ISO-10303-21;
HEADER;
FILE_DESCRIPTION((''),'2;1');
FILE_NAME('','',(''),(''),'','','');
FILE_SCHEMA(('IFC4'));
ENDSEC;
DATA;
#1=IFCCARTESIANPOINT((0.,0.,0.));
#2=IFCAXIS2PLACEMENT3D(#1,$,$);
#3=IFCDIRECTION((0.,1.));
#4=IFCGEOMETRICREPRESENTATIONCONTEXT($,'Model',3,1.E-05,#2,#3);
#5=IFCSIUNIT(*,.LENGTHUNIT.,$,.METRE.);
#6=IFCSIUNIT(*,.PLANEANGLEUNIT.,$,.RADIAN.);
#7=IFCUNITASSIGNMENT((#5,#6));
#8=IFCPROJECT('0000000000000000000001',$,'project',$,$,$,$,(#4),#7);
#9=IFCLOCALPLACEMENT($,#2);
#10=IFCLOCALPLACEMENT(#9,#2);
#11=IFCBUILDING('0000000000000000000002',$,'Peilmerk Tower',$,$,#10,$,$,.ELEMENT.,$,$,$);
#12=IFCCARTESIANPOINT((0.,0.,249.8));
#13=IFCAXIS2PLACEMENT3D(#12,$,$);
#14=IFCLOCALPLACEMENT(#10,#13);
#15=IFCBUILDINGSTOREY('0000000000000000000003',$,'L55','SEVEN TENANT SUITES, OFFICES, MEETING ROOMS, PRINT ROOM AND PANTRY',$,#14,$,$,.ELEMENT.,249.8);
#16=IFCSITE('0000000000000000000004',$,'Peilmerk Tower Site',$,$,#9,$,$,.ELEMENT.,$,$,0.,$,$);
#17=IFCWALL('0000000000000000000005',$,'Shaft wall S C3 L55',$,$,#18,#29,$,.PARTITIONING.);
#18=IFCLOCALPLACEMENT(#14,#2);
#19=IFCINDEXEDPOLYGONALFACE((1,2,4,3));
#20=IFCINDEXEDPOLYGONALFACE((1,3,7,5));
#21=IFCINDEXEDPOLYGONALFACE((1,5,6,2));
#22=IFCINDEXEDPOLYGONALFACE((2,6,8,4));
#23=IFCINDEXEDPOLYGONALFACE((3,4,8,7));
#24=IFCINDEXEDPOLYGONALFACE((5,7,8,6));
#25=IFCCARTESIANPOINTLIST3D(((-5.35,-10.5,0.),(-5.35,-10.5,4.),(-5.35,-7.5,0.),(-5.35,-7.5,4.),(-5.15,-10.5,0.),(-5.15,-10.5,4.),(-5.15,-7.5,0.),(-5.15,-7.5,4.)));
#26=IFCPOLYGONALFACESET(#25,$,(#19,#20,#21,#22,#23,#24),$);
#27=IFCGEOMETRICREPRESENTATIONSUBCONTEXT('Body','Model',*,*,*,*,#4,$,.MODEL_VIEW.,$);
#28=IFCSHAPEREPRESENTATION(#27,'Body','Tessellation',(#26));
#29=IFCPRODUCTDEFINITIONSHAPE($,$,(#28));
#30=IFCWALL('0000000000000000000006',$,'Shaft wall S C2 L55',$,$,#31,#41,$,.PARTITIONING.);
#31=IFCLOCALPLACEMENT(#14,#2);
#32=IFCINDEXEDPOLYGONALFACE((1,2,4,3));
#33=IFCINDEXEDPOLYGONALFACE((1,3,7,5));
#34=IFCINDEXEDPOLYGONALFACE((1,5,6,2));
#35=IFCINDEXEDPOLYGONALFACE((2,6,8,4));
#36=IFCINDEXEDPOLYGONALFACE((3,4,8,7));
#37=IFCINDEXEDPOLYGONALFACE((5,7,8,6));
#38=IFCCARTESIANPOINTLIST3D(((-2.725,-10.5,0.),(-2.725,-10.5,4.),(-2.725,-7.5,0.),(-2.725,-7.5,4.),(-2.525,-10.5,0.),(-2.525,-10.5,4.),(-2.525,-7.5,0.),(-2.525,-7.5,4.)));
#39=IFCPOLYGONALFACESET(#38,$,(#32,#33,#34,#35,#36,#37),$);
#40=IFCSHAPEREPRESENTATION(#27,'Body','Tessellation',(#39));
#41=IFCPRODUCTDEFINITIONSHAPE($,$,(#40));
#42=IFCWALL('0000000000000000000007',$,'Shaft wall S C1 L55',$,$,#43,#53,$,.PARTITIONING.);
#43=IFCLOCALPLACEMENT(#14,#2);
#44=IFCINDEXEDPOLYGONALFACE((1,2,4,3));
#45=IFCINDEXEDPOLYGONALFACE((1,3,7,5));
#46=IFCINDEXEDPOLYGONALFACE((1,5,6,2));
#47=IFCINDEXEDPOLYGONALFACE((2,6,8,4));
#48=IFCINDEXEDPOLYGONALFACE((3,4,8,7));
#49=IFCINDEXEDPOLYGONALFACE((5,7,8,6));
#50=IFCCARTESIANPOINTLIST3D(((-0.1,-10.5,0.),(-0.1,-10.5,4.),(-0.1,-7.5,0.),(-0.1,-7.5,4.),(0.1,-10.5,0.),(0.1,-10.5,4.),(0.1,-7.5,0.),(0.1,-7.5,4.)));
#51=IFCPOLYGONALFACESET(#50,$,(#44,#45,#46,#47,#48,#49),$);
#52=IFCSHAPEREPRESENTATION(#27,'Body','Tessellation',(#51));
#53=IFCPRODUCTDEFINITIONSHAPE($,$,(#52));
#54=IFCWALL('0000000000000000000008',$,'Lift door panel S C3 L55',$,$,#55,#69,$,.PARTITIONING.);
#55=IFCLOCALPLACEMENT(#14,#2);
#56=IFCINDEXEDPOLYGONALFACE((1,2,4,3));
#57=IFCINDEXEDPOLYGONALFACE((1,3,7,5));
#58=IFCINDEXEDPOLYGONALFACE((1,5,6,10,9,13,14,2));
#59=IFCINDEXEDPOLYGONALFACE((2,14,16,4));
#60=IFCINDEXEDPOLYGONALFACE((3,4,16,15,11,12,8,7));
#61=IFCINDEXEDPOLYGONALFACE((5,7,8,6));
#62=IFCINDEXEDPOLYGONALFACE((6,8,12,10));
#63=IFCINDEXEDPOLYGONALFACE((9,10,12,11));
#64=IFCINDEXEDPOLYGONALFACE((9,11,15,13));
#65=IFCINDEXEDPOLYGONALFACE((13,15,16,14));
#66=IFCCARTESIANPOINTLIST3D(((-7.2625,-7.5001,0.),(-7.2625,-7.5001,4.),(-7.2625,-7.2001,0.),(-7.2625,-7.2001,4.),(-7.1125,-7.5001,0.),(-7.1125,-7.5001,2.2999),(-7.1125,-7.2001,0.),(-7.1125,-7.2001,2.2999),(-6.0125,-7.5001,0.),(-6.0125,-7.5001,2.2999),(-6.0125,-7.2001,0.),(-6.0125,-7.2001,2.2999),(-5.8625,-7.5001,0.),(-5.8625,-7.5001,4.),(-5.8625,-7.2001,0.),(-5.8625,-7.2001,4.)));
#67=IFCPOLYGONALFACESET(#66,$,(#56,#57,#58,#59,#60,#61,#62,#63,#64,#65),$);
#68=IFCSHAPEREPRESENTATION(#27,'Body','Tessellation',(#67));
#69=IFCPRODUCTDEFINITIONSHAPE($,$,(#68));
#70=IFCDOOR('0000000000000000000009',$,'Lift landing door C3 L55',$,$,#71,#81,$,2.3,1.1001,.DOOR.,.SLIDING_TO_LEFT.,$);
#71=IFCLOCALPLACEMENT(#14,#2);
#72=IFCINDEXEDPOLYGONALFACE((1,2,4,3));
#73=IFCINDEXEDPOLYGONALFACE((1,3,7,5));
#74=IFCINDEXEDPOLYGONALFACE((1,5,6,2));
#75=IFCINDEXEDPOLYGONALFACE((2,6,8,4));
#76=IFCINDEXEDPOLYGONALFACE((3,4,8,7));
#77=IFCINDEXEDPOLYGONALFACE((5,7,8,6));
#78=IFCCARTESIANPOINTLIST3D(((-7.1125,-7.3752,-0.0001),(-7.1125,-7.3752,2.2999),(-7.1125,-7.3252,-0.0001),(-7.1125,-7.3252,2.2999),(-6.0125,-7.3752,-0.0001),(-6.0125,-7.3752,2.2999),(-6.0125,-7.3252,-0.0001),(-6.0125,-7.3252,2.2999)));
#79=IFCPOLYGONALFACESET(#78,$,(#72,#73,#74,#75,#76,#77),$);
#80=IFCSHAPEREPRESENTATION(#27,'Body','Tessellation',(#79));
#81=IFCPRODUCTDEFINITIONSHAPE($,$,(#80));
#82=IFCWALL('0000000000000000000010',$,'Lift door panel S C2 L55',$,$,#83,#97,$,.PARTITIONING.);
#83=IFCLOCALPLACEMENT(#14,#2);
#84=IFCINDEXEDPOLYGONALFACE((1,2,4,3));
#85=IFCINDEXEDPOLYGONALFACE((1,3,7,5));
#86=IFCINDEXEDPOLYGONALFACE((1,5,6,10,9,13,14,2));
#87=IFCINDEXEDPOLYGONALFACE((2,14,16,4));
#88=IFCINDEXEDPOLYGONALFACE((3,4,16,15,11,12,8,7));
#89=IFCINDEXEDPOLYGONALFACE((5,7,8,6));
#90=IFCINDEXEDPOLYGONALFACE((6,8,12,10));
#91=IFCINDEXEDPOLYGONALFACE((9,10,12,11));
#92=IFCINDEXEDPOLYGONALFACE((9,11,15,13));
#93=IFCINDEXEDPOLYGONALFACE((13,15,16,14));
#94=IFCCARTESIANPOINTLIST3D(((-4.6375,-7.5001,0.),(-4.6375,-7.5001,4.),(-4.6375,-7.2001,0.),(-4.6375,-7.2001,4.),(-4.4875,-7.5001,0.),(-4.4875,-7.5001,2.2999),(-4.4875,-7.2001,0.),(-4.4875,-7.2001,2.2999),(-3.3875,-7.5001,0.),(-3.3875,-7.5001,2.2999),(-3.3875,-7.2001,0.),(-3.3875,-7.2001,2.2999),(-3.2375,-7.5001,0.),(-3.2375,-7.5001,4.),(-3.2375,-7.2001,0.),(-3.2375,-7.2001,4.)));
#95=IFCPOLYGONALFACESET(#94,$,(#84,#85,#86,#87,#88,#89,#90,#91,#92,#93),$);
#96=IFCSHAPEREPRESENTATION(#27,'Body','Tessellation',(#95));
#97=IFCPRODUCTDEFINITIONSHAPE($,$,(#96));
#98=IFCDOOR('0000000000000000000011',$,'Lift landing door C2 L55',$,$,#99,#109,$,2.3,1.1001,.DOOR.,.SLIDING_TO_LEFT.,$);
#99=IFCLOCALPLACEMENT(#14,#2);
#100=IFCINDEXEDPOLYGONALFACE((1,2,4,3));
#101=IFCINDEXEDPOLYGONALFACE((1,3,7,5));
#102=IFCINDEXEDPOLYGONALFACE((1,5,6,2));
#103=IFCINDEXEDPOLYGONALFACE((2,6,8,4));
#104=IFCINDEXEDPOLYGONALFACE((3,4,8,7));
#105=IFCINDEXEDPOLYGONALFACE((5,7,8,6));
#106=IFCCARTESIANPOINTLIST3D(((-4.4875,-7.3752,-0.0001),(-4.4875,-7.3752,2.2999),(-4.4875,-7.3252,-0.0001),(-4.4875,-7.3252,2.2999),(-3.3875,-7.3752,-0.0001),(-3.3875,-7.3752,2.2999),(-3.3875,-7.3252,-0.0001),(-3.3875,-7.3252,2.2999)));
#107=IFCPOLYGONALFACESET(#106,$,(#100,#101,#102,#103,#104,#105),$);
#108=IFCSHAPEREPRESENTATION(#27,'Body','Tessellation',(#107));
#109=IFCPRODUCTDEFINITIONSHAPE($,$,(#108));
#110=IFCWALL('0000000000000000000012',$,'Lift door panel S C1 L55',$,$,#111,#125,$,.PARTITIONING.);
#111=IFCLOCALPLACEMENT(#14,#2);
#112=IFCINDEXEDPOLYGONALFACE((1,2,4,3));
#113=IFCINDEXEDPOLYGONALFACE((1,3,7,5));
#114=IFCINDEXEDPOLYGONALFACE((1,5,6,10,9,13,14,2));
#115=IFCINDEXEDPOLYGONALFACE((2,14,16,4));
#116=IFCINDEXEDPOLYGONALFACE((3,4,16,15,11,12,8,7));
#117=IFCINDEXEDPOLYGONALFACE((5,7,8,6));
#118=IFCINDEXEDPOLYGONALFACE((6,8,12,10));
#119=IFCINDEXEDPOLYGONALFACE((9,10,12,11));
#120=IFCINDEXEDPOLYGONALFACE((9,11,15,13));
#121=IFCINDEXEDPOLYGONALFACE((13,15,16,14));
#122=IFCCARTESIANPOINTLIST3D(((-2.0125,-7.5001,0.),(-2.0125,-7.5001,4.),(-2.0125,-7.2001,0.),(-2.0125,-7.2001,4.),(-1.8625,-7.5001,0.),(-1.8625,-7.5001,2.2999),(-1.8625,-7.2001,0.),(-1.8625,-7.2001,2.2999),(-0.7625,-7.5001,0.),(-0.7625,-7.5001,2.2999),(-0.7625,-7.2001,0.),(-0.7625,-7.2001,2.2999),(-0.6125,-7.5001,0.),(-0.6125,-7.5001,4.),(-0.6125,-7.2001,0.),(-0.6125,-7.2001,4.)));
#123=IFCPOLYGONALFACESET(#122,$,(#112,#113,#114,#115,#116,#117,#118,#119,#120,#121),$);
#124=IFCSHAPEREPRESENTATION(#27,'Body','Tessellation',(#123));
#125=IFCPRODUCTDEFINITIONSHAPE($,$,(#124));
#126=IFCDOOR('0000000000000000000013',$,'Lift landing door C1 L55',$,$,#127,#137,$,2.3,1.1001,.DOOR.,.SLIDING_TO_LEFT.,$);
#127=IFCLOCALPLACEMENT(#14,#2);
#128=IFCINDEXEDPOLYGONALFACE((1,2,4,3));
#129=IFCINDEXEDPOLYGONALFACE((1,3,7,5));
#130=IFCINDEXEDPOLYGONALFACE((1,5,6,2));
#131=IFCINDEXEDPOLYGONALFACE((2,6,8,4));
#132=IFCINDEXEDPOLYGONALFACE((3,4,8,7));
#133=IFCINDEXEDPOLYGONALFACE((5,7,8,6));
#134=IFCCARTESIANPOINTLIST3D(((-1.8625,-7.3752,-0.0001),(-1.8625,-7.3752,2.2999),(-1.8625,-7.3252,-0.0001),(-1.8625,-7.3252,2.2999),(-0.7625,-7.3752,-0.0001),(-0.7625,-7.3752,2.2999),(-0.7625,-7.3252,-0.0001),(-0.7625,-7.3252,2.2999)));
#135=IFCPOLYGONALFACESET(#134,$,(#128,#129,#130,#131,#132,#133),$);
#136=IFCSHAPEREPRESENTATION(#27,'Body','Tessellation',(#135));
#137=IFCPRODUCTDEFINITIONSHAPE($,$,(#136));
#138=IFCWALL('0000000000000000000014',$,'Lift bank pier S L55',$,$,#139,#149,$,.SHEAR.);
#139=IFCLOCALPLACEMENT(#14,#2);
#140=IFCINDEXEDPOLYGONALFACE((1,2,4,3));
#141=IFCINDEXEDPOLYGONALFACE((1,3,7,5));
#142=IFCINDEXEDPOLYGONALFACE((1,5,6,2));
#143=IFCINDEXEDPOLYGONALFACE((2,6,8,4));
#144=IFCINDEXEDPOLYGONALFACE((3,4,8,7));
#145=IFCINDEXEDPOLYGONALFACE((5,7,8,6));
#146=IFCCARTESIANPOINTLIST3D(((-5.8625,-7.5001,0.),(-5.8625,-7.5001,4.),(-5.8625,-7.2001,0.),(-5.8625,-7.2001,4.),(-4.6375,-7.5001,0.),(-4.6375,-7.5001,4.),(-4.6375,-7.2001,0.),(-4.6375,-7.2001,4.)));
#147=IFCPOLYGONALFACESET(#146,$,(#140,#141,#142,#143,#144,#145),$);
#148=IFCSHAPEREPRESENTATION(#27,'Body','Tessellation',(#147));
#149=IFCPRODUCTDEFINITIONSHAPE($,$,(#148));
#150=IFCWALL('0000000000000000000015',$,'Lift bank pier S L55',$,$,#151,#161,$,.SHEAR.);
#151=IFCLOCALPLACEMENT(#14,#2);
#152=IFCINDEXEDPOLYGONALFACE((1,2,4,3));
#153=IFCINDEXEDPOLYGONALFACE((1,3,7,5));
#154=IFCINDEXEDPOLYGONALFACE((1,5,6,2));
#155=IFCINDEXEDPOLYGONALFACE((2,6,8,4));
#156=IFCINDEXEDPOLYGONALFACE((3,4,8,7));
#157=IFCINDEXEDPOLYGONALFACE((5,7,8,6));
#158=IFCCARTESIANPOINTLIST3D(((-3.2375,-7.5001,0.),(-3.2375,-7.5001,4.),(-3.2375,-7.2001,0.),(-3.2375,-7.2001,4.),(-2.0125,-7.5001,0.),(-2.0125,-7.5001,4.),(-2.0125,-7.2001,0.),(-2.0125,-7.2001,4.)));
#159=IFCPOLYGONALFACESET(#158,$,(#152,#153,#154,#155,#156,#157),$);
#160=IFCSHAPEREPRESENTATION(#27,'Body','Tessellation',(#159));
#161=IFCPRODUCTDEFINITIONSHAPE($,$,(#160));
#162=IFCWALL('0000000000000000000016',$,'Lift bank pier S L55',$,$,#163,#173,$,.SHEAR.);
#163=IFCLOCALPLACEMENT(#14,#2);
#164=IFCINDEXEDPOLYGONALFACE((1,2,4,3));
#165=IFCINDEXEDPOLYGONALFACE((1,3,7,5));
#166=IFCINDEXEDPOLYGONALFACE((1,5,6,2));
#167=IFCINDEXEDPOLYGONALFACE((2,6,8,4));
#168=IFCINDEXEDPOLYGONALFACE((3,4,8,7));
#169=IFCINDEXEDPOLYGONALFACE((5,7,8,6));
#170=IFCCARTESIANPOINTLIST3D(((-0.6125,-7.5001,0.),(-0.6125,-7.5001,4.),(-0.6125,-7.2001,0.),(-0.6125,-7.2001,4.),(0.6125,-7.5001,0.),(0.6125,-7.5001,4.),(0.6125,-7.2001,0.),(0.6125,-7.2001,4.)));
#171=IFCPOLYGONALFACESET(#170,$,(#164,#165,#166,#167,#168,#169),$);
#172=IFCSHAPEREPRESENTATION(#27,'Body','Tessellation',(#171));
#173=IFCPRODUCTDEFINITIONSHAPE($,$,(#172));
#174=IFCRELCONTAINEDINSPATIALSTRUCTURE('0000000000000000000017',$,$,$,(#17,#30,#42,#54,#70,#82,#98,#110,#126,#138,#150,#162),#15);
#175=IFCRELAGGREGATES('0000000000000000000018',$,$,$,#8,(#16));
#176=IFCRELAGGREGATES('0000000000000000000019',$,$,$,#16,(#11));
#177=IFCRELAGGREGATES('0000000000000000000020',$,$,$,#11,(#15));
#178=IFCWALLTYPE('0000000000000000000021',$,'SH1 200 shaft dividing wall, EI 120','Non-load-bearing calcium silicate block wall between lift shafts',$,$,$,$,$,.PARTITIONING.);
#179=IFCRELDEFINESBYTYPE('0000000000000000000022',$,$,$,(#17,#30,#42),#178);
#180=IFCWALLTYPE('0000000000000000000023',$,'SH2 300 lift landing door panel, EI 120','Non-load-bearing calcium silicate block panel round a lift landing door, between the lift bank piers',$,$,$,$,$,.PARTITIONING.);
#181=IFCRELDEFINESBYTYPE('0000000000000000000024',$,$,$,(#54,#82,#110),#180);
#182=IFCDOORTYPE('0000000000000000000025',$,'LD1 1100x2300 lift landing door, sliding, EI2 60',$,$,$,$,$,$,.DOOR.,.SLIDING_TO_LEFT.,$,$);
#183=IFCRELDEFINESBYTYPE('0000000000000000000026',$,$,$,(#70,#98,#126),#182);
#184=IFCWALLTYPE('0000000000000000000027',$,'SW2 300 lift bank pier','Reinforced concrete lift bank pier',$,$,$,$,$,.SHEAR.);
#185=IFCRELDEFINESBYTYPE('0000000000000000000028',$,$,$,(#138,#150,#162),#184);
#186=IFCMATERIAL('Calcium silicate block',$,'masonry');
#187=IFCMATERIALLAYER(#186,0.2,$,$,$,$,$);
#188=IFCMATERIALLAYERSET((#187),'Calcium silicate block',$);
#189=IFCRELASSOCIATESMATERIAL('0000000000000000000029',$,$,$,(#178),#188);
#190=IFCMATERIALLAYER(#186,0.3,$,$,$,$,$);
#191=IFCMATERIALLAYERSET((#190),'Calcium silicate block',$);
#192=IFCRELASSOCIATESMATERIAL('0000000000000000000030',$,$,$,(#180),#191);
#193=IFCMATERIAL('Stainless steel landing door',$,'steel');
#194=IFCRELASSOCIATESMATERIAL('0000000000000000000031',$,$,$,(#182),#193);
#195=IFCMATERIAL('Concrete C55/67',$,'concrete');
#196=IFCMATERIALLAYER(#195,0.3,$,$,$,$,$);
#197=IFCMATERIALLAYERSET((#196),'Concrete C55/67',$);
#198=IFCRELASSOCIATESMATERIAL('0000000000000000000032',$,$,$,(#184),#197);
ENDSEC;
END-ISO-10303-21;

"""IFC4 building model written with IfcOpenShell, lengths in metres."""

from ifc_helpers import new_model, si_unit, direction, frame, frame_2d, origin, place, context, subcontext, project, spatial, rectangle, extrude, material, layer, layer_set, type_object, element, fill, save


model = new_model("IFC4")

# Units and contexts
model_context = context("Model", 3, precision=1e-05, world=origin(), true_north=direction((0.0, 1.0)))
body_context = subcontext(model_context, "Body", "Model", "MODEL_VIEW")
ifc_project = project(units=[si_unit("LENGTHUNIT", "METRE"), si_unit("PLANEANGLEUNIT", "RADIAN")], contexts=[model_context])

# Site, building, storey
site_placement = place(None, origin())
site = spatial("IfcSite", under=ifc_project, at=site_placement, Name="Peilmerk Tower Site", CompositionType="ELEMENT", RefElevation=0.0)
building_placement = place(site_placement, origin())
building = spatial("IfcBuilding", under=site, at=building_placement, Name="Peilmerk Tower", CompositionType="ELEMENT")
storey_placement = place(building_placement, frame((0.0, 0.0, 249.8)))
storey = spatial("IfcBuildingStorey", under=building, at=storey_placement, Name="L55", Description="SEVEN TENANT SUITES, OFFICES, MEETING ROOMS, PRINT ROOM AND PANTRY", CompositionType="ELEMENT", Elevation=249.8)

# Walls
ifc_material_1 = material(Name="Calcium silicate block", Category="masonry")
ifc_layer_1 = layer(ifc_material_1, 0.2)
ifc_layer_set_1 = layer_set([ifc_layer_1], Name="Calcium silicate block")
wall_type_1 = type_object("IfcWallType", Name="SH1 200 shaft dividing wall, EI 120", Description="Non-load-bearing calcium silicate block wall between lift shafts", PredefinedType="PARTITIONING", material=ifc_layer_set_1)
for number, where, z_axis, x_axis, name in (
    (1, (-5.25, -10.5, 0.0), (0.0, 0.0, 1.0), (0.0, 1.0, 0.0), "Shaft wall S C3 L55"),
    (2, (-2.625, -10.5, 0.0), (0.0, 0.0, 1.0), (0.0, 1.0, 0.0), "Shaft wall S C2 L55"),
    (3, (0.0, -10.5, 0.0), (0.0, 0.0, 1.0), (0.0, 1.0, 0.0), "Shaft wall S C1 L55"),
):
    element("IfcWall", number, at=place(storey_placement, frame(where, z_axis=z_axis, x_axis=x_axis)), inside=storey, type_object=wall_type_1, Name=name, PredefinedType="PARTITIONING", context=body_context, shape_type="SweptSolid", body=[
        extrude(rectangle(XDim=3.0, YDim=0.2, at=frame_2d((1.5, 0.0))), origin(), (0.0, 0.0, 1.0), 4.0),
    ])

# Walls, openings, doors
ifc_layer_2 = layer(ifc_material_1, 0.3)
ifc_layer_set_2 = layer_set([ifc_layer_2], Name="Calcium silicate block")
wall_type_2 = type_object("IfcWallType", Name="SH2 300 lift landing door panel, EI 120", Description="Non-load-bearing calcium silicate block panel round a lift landing door, between the lift bank piers", PredefinedType="PARTITIONING", material=ifc_layer_set_2)
wall_1_placement = place(storey_placement, frame((-7.2625, -7.3501, 0.0), z_axis=(0.0, 0.0, 1.0), x_axis=(1.0, 0.0, 0.0)))
wall_1 = element("IfcWall", 4, at=wall_1_placement, inside=storey, type_object=wall_type_2, Name="Lift door panel S C3 L55", PredefinedType="PARTITIONING", context=body_context, shape_type="SweptSolid", body=[
    extrude(rectangle(XDim=1.3999, YDim=0.3, at=frame_2d((0.7, 0.0))), origin(), (0.0, 0.0, 1.0), 4.0),
])
opening_1_placement = place(wall_1_placement, frame((0.1499, 0.0, 0.0)))
opening_1 = element("IfcOpeningElement", 5, at=opening_1_placement, cuts=wall_1, PredefinedType="OPENING", context=body_context, shape_type="SweptSolid", body=[
    extrude(rectangle(XDim=1.1001, YDim=2.3, at=frame_2d((0.55, 1.1499))), frame((0.0, 0.1599, 0.0), z_axis=(0.0, -1.0, 0.0), x_axis=(1.0, 0.0, 0.0)), (0.0, 0.0, 1.0), 0.3201),
])
ifc_material_2 = material(Name="Stainless steel landing door", Category="steel")
door_type = type_object("IfcDoorType", Name="LD1 1100x2300 lift landing door, sliding, EI2 60", OperationType="SLIDING_TO_LEFT", PredefinedType="DOOR", material=ifc_material_2)
door_1_placement = place(opening_1_placement, origin())
door_1 = element("IfcDoor", 6, at=door_1_placement, inside=storey, type_object=door_type, Name="Lift landing door C3 L55", OperationType="SLIDING_TO_LEFT", OverallHeight=2.3, OverallWidth=1.1001, PredefinedType="DOOR", context=body_context, shape_type="SweptSolid", body=[
    extrude(rectangle(XDim=1.1001, YDim=2.3, at=frame_2d((0.55, 1.1499))), frame((0.0, 0.0249, 0.0), z_axis=(0.0, -1.0, 0.0), x_axis=(1.0, 0.0, 0.0)), (0.0, 0.0, 1.0), 0.05),
])
fill(opening_1, door_1)
wall_2_placement = place(storey_placement, frame((-4.6375, -7.3501, 0.0), z_axis=(0.0, 0.0, 1.0), x_axis=(1.0, 0.0, 0.0)))
wall_2 = element("IfcWall", 7, at=wall_2_placement, inside=storey, type_object=wall_type_2, Name="Lift door panel S C2 L55", PredefinedType="PARTITIONING", context=body_context, shape_type="SweptSolid", body=[
    extrude(rectangle(XDim=1.3999, YDim=0.3, at=frame_2d((0.7, 0.0))), origin(), (0.0, 0.0, 1.0), 4.0),
])
opening_2_placement = place(wall_2_placement, frame((0.1499, 0.0, 0.0)))
opening_2 = element("IfcOpeningElement", 8, at=opening_2_placement, cuts=wall_2, PredefinedType="OPENING", context=body_context, shape_type="SweptSolid", body=[
    extrude(rectangle(XDim=1.1001, YDim=2.3, at=frame_2d((0.55, 1.1499))), frame((0.0, 0.1599, 0.0), z_axis=(0.0, -1.0, 0.0), x_axis=(1.0, 0.0, 0.0)), (0.0, 0.0, 1.0), 0.3201),
])
door_2_placement = place(opening_2_placement, origin())
door_2 = element("IfcDoor", 9, at=door_2_placement, inside=storey, type_object=door_type, Name="Lift landing door C2 L55", OperationType="SLIDING_TO_LEFT", OverallHeight=2.3, OverallWidth=1.1001, PredefinedType="DOOR", context=body_context, shape_type="SweptSolid", body=[
    extrude(rectangle(XDim=1.1001, YDim=2.3, at=frame_2d((0.55, 1.1499))), frame((0.0, 0.0249, 0.0), z_axis=(0.0, -1.0, 0.0), x_axis=(1.0, 0.0, 0.0)), (0.0, 0.0, 1.0), 0.05),
])
fill(opening_2, door_2)
wall_3_placement = place(storey_placement, frame((-2.0125, -7.3501, 0.0), z_axis=(0.0, 0.0, 1.0), x_axis=(1.0, 0.0, 0.0)))
wall_3 = element("IfcWall", 10, at=wall_3_placement, inside=storey, type_object=wall_type_2, Name="Lift door panel S C1 L55", PredefinedType="PARTITIONING", context=body_context, shape_type="SweptSolid", body=[
    extrude(rectangle(XDim=1.3999, YDim=0.3, at=frame_2d((0.7, 0.0))), origin(), (0.0, 0.0, 1.0), 4.0),
])
opening_3_placement = place(wall_3_placement, frame((0.1499, 0.0, 0.0)))
opening_3 = element("IfcOpeningElement", 11, at=opening_3_placement, cuts=wall_3, PredefinedType="OPENING", context=body_context, shape_type="SweptSolid", body=[
    extrude(rectangle(XDim=1.1001, YDim=2.3, at=frame_2d((0.55, 1.1499))), frame((0.0, 0.1599, 0.0), z_axis=(0.0, -1.0, 0.0), x_axis=(1.0, 0.0, 0.0)), (0.0, 0.0, 1.0), 0.3201),
])
door_3_placement = place(opening_3_placement, origin())
door_3 = element("IfcDoor", 12, at=door_3_placement, inside=storey, type_object=door_type, Name="Lift landing door C1 L55", OperationType="SLIDING_TO_LEFT", OverallHeight=2.3, OverallWidth=1.1001, PredefinedType="DOOR", context=body_context, shape_type="SweptSolid", body=[
    extrude(rectangle(XDim=1.1001, YDim=2.3, at=frame_2d((0.55, 1.1499))), frame((0.0, 0.0249, 0.0), z_axis=(0.0, -1.0, 0.0), x_axis=(1.0, 0.0, 0.0)), (0.0, 0.0, 1.0), 0.05),
])
fill(opening_3, door_3)

# Walls
ifc_material_3 = material(Name="Concrete C55/67", Category="concrete")
ifc_layer_3 = layer(ifc_material_3, 0.3)
ifc_layer_set_3 = layer_set([ifc_layer_3], Name="Concrete C55/67")
wall_type_3 = type_object("IfcWallType", Name="SW2 300 lift bank pier", Description="Reinforced concrete lift bank pier", PredefinedType="SHEAR", material=ifc_layer_set_3)
for number, where, z_axis, x_axis, name in (
    (13, (-5.8625, -7.3501, 0.0), (0.0, 0.0, 1.0), (1.0, 0.0, 0.0), "Lift bank pier S L55"),
    (14, (-3.2375, -7.3501, 0.0), (0.0, 0.0, 1.0), (1.0, 0.0, 0.0), "Lift bank pier S L55"),
    (15, (-0.6125, -7.3501, 0.0), (0.0, 0.0, 1.0), (1.0, 0.0, 0.0), "Lift bank pier S L55"),
):
    element("IfcWall", number, at=place(storey_placement, frame(where, z_axis=z_axis, x_axis=x_axis)), inside=storey, type_object=wall_type_3, Name=name, PredefinedType="SHEAR", context=body_context, shape_type="SweptSolid", body=[
        extrude(rectangle(XDim=1.2251, YDim=0.3, at=frame_2d((0.6125, 0.0))), origin(), (0.0, 0.0, 1.0), 4.0),
    ])

save(model, "model.ifc")
